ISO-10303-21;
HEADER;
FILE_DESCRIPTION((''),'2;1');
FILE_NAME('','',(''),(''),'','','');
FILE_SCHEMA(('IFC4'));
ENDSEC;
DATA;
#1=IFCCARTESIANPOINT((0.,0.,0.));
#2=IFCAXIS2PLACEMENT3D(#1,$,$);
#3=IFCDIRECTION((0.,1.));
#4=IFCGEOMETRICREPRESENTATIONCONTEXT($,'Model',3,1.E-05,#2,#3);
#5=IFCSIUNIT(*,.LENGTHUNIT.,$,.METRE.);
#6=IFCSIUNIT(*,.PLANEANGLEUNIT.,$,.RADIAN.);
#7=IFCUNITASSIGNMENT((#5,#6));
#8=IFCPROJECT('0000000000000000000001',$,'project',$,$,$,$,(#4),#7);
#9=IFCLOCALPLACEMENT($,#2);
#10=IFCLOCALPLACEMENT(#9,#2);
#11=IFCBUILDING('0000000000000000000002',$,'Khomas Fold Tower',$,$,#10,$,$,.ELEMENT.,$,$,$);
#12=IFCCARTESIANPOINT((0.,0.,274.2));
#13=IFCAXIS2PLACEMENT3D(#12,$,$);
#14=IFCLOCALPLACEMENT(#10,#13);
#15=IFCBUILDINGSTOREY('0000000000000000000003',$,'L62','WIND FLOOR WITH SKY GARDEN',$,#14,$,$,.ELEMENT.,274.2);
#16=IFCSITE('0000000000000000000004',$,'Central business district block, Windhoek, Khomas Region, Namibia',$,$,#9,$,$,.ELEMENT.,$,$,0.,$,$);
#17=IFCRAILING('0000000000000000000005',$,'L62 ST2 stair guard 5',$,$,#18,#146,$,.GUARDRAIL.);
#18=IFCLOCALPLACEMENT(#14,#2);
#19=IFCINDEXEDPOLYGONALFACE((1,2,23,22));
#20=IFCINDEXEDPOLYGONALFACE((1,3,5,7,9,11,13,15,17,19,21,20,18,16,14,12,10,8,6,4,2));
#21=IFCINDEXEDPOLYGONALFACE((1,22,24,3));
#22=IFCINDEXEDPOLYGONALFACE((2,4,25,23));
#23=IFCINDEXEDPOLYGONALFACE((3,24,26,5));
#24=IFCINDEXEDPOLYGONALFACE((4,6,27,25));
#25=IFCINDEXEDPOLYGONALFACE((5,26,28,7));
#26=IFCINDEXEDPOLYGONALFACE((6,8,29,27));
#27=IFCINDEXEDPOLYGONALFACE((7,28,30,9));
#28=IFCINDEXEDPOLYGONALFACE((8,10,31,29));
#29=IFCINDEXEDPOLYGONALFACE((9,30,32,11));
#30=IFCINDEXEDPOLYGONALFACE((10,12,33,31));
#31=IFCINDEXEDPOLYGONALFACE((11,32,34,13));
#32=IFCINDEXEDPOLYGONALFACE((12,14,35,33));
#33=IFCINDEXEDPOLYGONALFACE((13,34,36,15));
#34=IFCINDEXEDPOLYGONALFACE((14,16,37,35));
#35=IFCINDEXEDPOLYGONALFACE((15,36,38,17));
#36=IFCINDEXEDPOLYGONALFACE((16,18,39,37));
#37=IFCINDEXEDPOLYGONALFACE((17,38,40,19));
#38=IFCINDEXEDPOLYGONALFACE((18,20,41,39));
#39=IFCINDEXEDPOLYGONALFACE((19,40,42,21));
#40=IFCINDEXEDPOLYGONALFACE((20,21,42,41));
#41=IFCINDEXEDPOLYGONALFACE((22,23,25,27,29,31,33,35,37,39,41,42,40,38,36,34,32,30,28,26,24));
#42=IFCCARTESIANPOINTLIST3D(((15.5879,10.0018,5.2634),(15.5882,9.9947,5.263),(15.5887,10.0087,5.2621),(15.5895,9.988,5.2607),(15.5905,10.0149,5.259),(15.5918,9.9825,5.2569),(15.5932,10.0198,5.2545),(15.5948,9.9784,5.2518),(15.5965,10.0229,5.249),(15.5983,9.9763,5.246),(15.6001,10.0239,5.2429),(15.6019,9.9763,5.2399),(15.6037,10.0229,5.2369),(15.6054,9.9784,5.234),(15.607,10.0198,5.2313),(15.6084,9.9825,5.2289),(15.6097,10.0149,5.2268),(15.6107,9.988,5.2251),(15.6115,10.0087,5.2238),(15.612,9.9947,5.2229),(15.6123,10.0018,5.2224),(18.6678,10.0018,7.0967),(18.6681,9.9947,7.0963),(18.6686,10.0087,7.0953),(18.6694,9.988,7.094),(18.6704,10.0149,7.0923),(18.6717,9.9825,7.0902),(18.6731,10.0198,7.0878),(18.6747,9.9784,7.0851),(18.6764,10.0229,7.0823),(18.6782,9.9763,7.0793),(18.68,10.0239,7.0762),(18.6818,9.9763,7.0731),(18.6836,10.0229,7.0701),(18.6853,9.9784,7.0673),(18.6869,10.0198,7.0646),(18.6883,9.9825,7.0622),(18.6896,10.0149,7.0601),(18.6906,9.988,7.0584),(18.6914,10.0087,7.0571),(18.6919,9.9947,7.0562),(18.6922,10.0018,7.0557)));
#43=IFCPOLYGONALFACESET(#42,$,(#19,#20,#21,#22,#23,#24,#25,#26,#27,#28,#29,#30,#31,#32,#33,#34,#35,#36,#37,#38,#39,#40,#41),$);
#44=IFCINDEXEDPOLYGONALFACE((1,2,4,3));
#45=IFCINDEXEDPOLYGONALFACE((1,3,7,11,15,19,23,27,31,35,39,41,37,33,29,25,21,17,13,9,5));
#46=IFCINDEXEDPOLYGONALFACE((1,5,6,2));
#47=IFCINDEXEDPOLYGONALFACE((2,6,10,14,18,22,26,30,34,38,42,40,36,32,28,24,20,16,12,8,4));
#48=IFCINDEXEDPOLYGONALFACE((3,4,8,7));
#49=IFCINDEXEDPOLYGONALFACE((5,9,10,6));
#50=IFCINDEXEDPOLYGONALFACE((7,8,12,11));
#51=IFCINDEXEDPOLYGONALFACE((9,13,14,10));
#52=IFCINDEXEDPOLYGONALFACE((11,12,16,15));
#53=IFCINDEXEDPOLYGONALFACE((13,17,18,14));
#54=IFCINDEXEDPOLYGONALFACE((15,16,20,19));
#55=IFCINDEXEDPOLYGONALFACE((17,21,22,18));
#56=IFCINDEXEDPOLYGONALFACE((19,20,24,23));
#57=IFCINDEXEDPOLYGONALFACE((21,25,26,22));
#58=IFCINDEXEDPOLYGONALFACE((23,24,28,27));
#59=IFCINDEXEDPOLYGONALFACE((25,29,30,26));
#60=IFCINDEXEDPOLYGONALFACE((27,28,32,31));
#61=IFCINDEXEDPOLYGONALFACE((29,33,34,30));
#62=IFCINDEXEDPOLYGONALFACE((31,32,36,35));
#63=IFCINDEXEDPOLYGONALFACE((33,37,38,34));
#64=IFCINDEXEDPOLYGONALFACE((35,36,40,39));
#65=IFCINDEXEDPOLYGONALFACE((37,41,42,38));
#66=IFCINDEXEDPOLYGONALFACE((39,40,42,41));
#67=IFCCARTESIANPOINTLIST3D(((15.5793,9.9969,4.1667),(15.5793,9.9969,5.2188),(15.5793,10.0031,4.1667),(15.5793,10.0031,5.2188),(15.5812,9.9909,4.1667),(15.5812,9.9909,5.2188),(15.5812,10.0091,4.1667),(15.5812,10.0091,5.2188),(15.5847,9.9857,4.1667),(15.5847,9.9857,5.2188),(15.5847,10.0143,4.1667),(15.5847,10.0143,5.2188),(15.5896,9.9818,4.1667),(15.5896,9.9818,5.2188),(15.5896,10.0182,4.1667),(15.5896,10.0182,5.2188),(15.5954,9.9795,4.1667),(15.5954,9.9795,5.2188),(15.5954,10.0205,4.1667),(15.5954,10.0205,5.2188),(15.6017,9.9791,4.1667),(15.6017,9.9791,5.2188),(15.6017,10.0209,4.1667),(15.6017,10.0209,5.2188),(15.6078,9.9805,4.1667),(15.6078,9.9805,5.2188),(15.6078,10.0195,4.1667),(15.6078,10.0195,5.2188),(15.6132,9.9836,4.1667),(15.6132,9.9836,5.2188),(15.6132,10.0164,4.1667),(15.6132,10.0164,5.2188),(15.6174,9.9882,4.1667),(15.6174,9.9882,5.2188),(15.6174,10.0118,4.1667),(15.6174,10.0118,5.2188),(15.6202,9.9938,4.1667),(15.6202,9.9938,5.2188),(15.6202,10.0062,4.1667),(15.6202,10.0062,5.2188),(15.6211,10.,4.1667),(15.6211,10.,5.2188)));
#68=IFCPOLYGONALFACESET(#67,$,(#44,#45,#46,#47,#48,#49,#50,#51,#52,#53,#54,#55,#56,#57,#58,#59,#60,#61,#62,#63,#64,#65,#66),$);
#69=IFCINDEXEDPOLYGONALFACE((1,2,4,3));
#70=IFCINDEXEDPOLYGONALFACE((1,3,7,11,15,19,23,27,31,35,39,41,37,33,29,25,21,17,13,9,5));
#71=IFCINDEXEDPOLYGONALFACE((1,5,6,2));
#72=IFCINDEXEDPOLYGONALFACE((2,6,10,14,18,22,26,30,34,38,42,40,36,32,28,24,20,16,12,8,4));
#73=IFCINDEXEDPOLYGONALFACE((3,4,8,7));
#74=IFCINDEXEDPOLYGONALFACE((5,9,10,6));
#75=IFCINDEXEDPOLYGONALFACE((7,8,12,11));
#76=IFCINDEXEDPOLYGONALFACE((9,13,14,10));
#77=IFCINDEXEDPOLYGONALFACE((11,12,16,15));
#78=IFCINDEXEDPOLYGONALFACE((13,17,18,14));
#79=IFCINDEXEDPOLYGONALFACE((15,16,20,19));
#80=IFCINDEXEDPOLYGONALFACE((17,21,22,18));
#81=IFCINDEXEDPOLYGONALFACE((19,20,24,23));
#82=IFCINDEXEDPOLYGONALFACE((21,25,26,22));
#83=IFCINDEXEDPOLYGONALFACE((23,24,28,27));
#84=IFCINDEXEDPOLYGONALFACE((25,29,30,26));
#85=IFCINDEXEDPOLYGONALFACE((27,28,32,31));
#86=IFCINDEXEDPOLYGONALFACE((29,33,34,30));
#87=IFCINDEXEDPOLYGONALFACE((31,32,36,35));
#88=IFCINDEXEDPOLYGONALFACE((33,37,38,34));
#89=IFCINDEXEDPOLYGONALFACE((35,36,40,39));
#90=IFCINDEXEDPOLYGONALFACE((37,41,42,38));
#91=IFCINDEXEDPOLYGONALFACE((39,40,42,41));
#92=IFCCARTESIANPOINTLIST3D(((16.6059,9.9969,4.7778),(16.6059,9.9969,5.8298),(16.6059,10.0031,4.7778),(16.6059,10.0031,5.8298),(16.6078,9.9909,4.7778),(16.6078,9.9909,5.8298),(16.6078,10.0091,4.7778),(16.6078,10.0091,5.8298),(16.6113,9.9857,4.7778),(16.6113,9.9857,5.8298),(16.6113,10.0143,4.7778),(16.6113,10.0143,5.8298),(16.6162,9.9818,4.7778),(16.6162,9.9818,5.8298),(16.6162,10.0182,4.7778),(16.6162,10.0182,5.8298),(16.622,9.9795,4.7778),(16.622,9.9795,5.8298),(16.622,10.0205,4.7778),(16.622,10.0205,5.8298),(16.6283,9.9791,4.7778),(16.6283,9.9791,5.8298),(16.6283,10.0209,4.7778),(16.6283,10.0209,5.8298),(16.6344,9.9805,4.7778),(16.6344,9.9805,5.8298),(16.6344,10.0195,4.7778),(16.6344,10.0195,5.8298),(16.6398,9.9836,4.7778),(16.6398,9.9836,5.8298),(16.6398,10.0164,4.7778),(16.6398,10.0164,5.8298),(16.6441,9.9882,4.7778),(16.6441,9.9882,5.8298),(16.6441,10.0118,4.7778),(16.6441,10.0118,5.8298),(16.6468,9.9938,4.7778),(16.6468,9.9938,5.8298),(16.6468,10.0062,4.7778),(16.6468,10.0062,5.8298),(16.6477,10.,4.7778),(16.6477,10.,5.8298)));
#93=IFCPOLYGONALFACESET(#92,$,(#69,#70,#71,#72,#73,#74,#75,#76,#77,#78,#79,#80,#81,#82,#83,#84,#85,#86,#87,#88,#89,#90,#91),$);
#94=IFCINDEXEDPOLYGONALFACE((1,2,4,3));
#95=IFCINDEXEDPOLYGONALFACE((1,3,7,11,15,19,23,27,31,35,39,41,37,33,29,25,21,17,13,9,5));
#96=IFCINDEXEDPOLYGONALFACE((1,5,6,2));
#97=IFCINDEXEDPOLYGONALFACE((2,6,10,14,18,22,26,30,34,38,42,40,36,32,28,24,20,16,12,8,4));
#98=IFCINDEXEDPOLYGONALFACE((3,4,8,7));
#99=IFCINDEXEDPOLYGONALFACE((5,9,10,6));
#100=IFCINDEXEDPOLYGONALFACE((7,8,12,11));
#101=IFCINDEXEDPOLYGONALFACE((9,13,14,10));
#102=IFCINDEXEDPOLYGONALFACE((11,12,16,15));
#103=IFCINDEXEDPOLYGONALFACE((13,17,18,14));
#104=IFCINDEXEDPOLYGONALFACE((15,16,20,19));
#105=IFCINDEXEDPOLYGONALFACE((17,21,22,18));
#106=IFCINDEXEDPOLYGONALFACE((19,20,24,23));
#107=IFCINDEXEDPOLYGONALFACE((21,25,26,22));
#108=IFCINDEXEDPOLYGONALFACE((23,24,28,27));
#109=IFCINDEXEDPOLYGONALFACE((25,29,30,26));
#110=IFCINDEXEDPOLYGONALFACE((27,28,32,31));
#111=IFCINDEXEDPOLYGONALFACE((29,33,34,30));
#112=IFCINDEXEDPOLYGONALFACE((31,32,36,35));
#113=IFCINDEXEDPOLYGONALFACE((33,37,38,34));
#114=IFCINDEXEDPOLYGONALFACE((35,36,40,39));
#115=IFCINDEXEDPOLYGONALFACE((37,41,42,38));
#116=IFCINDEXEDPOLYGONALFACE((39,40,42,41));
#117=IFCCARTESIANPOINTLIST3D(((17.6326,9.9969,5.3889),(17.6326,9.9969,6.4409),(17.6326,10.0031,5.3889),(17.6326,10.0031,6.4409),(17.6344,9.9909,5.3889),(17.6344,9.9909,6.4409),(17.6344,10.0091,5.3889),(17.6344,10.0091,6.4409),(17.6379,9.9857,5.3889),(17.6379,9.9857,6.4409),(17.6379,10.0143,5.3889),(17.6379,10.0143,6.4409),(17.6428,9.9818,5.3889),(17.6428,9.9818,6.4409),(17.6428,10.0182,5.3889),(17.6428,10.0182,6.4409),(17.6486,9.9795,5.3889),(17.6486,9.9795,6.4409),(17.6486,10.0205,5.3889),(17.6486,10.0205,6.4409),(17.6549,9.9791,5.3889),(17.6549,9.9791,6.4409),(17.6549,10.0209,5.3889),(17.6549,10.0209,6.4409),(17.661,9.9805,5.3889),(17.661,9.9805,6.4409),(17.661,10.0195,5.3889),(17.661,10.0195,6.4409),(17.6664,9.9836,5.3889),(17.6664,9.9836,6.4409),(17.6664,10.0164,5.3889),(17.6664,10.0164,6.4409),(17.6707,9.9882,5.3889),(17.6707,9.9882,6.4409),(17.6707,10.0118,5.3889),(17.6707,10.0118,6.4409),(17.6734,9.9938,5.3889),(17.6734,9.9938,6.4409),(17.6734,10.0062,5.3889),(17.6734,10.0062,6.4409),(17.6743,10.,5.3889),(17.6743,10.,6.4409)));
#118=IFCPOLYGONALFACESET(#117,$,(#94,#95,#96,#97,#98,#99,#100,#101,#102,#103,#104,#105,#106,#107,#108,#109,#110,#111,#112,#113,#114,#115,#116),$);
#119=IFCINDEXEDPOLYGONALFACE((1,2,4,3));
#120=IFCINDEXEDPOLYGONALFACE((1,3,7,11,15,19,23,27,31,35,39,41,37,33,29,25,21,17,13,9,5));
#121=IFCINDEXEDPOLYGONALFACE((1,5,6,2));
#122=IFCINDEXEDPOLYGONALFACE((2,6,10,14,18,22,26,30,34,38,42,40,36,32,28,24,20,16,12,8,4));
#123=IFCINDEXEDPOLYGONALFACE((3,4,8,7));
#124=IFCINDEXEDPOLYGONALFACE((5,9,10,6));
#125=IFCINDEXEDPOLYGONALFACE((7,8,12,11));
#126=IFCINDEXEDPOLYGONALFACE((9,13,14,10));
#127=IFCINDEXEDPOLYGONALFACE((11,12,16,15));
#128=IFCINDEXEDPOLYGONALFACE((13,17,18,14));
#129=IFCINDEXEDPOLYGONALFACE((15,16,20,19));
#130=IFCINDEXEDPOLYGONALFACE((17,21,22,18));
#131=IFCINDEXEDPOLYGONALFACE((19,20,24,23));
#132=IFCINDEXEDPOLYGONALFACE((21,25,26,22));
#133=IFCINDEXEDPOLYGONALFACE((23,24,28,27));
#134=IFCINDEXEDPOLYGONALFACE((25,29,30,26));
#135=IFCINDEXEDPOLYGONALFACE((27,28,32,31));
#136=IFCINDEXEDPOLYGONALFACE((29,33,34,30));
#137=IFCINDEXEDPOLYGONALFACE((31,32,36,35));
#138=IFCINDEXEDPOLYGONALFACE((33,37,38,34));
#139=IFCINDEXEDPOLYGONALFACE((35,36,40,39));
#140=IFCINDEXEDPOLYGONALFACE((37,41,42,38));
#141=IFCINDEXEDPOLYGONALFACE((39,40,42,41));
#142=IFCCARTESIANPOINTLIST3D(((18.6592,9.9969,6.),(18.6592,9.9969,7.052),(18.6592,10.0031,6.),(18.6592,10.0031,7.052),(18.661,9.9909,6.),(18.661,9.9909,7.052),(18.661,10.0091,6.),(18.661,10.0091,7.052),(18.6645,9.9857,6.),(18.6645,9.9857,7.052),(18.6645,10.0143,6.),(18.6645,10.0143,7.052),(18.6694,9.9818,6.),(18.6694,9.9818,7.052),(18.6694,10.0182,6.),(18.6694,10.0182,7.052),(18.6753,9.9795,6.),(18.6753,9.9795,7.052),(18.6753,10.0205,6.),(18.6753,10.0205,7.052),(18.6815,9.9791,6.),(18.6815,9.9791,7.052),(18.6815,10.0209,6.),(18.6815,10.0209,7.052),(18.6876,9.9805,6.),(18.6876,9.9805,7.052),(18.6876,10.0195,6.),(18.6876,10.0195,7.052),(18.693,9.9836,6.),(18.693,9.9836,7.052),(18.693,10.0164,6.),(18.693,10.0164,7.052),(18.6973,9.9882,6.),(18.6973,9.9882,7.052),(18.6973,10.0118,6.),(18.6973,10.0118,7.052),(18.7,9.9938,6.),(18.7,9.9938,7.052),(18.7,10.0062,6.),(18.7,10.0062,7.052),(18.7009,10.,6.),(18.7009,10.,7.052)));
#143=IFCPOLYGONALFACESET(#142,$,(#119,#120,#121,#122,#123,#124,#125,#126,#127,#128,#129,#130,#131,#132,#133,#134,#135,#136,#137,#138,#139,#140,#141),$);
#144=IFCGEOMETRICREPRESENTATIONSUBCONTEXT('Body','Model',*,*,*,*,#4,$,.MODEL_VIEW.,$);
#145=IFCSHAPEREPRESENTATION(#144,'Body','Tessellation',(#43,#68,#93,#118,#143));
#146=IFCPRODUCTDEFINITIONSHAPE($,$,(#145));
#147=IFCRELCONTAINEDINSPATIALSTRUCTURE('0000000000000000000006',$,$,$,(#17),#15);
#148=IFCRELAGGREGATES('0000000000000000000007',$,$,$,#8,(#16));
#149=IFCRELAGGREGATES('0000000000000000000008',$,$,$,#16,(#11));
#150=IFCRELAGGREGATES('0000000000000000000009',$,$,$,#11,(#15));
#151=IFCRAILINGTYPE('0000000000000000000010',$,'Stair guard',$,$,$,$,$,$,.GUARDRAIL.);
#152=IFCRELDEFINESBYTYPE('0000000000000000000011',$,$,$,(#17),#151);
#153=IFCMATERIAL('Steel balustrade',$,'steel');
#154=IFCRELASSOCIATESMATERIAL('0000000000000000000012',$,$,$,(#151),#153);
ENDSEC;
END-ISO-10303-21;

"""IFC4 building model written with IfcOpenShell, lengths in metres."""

from ifc_helpers import new_model, si_unit, direction, frame, origin, origin_2d, place, context, subcontext, project, spatial, circle, extrude, source, transform, mapped, material, type_object, element, save


model = new_model("IFC4")

# Units and contexts
model_context = context("Model", 3, precision=1e-05, world=origin(), true_north=direction((0.0, 1.0)))
body_context = subcontext(model_context, "Body", "Model", "MODEL_VIEW")
ifc_project = project(units=[si_unit("LENGTHUNIT", "METRE"), si_unit("PLANEANGLEUNIT", "RADIAN")], contexts=[model_context])

# Site, building, storey
site_placement = place(None, origin())
site = spatial("IfcSite", under=ifc_project, at=site_placement, Name="Central business district block, Windhoek, Khomas Region, Namibia", CompositionType="ELEMENT", RefElevation=0.0)
building_placement = place(site_placement, origin())
building = spatial("IfcBuilding", under=site, at=building_placement, Name="Khomas Fold Tower", CompositionType="ELEMENT")
storey_placement = place(building_placement, frame((0.0, 0.0, 274.2)))
storey = spatial("IfcBuildingStorey", under=building, at=storey_placement, Name="L62", Description="WIND FLOOR WITH SKY GARDEN", CompositionType="ELEMENT", Elevation=274.2)

# Railing
ifc_material_1 = material(Name="Steel balustrade", Category="steel")
railing_type_1 = type_object("IfcRailingType", Name="Stair guard", PredefinedType="GUARDRAIL", material=ifc_material_1)
shared_shape_1 = source(origin(), body_context, "Body", "SweptSolid", [
    extrude(circle(Radius=0.0239, at=origin_2d()), frame((0.0, 0.0, 1.0762), z_axis=(0.859291, 0.0, 0.511487), x_axis=(0.0, 1.0, 0.0)), (0.0, 0.0, 1.0), 3.5842),
    extrude(circle(Radius=0.021, at=origin_2d()), origin(), (0.0, 0.0, 1.0), 1.052),
    extrude(circle(Radius=0.021, at=origin_2d()), frame((1.0266, 0.0, 0.6111)), (0.0, 0.0, 1.0), 1.052),
    extrude(circle(Radius=0.021, at=origin_2d()), frame((2.0532, 0.0, 1.2222)), (0.0, 0.0, 1.0), 1.052),
    extrude(circle(Radius=0.021, at=origin_2d()), frame((3.0798, 0.0, 1.8333)), (0.0, 0.0, 1.0), 1.052),
])
for number, where, name in (
    (1, (15.6001, 10.0, 4.1667), "L62 ST2 stair guard 5"),
):
    element("IfcRailing", number, at=place(storey_placement, frame(where)), inside=storey, type_object=railing_type_1, Name=name, PredefinedType="GUARDRAIL", context=body_context, shape_type="MappedRepresentation", body=[
        mapped(shared_shape_1, transform((0.0, 0.0, 0.0))),
    ])

save(model, "model.ifc")
